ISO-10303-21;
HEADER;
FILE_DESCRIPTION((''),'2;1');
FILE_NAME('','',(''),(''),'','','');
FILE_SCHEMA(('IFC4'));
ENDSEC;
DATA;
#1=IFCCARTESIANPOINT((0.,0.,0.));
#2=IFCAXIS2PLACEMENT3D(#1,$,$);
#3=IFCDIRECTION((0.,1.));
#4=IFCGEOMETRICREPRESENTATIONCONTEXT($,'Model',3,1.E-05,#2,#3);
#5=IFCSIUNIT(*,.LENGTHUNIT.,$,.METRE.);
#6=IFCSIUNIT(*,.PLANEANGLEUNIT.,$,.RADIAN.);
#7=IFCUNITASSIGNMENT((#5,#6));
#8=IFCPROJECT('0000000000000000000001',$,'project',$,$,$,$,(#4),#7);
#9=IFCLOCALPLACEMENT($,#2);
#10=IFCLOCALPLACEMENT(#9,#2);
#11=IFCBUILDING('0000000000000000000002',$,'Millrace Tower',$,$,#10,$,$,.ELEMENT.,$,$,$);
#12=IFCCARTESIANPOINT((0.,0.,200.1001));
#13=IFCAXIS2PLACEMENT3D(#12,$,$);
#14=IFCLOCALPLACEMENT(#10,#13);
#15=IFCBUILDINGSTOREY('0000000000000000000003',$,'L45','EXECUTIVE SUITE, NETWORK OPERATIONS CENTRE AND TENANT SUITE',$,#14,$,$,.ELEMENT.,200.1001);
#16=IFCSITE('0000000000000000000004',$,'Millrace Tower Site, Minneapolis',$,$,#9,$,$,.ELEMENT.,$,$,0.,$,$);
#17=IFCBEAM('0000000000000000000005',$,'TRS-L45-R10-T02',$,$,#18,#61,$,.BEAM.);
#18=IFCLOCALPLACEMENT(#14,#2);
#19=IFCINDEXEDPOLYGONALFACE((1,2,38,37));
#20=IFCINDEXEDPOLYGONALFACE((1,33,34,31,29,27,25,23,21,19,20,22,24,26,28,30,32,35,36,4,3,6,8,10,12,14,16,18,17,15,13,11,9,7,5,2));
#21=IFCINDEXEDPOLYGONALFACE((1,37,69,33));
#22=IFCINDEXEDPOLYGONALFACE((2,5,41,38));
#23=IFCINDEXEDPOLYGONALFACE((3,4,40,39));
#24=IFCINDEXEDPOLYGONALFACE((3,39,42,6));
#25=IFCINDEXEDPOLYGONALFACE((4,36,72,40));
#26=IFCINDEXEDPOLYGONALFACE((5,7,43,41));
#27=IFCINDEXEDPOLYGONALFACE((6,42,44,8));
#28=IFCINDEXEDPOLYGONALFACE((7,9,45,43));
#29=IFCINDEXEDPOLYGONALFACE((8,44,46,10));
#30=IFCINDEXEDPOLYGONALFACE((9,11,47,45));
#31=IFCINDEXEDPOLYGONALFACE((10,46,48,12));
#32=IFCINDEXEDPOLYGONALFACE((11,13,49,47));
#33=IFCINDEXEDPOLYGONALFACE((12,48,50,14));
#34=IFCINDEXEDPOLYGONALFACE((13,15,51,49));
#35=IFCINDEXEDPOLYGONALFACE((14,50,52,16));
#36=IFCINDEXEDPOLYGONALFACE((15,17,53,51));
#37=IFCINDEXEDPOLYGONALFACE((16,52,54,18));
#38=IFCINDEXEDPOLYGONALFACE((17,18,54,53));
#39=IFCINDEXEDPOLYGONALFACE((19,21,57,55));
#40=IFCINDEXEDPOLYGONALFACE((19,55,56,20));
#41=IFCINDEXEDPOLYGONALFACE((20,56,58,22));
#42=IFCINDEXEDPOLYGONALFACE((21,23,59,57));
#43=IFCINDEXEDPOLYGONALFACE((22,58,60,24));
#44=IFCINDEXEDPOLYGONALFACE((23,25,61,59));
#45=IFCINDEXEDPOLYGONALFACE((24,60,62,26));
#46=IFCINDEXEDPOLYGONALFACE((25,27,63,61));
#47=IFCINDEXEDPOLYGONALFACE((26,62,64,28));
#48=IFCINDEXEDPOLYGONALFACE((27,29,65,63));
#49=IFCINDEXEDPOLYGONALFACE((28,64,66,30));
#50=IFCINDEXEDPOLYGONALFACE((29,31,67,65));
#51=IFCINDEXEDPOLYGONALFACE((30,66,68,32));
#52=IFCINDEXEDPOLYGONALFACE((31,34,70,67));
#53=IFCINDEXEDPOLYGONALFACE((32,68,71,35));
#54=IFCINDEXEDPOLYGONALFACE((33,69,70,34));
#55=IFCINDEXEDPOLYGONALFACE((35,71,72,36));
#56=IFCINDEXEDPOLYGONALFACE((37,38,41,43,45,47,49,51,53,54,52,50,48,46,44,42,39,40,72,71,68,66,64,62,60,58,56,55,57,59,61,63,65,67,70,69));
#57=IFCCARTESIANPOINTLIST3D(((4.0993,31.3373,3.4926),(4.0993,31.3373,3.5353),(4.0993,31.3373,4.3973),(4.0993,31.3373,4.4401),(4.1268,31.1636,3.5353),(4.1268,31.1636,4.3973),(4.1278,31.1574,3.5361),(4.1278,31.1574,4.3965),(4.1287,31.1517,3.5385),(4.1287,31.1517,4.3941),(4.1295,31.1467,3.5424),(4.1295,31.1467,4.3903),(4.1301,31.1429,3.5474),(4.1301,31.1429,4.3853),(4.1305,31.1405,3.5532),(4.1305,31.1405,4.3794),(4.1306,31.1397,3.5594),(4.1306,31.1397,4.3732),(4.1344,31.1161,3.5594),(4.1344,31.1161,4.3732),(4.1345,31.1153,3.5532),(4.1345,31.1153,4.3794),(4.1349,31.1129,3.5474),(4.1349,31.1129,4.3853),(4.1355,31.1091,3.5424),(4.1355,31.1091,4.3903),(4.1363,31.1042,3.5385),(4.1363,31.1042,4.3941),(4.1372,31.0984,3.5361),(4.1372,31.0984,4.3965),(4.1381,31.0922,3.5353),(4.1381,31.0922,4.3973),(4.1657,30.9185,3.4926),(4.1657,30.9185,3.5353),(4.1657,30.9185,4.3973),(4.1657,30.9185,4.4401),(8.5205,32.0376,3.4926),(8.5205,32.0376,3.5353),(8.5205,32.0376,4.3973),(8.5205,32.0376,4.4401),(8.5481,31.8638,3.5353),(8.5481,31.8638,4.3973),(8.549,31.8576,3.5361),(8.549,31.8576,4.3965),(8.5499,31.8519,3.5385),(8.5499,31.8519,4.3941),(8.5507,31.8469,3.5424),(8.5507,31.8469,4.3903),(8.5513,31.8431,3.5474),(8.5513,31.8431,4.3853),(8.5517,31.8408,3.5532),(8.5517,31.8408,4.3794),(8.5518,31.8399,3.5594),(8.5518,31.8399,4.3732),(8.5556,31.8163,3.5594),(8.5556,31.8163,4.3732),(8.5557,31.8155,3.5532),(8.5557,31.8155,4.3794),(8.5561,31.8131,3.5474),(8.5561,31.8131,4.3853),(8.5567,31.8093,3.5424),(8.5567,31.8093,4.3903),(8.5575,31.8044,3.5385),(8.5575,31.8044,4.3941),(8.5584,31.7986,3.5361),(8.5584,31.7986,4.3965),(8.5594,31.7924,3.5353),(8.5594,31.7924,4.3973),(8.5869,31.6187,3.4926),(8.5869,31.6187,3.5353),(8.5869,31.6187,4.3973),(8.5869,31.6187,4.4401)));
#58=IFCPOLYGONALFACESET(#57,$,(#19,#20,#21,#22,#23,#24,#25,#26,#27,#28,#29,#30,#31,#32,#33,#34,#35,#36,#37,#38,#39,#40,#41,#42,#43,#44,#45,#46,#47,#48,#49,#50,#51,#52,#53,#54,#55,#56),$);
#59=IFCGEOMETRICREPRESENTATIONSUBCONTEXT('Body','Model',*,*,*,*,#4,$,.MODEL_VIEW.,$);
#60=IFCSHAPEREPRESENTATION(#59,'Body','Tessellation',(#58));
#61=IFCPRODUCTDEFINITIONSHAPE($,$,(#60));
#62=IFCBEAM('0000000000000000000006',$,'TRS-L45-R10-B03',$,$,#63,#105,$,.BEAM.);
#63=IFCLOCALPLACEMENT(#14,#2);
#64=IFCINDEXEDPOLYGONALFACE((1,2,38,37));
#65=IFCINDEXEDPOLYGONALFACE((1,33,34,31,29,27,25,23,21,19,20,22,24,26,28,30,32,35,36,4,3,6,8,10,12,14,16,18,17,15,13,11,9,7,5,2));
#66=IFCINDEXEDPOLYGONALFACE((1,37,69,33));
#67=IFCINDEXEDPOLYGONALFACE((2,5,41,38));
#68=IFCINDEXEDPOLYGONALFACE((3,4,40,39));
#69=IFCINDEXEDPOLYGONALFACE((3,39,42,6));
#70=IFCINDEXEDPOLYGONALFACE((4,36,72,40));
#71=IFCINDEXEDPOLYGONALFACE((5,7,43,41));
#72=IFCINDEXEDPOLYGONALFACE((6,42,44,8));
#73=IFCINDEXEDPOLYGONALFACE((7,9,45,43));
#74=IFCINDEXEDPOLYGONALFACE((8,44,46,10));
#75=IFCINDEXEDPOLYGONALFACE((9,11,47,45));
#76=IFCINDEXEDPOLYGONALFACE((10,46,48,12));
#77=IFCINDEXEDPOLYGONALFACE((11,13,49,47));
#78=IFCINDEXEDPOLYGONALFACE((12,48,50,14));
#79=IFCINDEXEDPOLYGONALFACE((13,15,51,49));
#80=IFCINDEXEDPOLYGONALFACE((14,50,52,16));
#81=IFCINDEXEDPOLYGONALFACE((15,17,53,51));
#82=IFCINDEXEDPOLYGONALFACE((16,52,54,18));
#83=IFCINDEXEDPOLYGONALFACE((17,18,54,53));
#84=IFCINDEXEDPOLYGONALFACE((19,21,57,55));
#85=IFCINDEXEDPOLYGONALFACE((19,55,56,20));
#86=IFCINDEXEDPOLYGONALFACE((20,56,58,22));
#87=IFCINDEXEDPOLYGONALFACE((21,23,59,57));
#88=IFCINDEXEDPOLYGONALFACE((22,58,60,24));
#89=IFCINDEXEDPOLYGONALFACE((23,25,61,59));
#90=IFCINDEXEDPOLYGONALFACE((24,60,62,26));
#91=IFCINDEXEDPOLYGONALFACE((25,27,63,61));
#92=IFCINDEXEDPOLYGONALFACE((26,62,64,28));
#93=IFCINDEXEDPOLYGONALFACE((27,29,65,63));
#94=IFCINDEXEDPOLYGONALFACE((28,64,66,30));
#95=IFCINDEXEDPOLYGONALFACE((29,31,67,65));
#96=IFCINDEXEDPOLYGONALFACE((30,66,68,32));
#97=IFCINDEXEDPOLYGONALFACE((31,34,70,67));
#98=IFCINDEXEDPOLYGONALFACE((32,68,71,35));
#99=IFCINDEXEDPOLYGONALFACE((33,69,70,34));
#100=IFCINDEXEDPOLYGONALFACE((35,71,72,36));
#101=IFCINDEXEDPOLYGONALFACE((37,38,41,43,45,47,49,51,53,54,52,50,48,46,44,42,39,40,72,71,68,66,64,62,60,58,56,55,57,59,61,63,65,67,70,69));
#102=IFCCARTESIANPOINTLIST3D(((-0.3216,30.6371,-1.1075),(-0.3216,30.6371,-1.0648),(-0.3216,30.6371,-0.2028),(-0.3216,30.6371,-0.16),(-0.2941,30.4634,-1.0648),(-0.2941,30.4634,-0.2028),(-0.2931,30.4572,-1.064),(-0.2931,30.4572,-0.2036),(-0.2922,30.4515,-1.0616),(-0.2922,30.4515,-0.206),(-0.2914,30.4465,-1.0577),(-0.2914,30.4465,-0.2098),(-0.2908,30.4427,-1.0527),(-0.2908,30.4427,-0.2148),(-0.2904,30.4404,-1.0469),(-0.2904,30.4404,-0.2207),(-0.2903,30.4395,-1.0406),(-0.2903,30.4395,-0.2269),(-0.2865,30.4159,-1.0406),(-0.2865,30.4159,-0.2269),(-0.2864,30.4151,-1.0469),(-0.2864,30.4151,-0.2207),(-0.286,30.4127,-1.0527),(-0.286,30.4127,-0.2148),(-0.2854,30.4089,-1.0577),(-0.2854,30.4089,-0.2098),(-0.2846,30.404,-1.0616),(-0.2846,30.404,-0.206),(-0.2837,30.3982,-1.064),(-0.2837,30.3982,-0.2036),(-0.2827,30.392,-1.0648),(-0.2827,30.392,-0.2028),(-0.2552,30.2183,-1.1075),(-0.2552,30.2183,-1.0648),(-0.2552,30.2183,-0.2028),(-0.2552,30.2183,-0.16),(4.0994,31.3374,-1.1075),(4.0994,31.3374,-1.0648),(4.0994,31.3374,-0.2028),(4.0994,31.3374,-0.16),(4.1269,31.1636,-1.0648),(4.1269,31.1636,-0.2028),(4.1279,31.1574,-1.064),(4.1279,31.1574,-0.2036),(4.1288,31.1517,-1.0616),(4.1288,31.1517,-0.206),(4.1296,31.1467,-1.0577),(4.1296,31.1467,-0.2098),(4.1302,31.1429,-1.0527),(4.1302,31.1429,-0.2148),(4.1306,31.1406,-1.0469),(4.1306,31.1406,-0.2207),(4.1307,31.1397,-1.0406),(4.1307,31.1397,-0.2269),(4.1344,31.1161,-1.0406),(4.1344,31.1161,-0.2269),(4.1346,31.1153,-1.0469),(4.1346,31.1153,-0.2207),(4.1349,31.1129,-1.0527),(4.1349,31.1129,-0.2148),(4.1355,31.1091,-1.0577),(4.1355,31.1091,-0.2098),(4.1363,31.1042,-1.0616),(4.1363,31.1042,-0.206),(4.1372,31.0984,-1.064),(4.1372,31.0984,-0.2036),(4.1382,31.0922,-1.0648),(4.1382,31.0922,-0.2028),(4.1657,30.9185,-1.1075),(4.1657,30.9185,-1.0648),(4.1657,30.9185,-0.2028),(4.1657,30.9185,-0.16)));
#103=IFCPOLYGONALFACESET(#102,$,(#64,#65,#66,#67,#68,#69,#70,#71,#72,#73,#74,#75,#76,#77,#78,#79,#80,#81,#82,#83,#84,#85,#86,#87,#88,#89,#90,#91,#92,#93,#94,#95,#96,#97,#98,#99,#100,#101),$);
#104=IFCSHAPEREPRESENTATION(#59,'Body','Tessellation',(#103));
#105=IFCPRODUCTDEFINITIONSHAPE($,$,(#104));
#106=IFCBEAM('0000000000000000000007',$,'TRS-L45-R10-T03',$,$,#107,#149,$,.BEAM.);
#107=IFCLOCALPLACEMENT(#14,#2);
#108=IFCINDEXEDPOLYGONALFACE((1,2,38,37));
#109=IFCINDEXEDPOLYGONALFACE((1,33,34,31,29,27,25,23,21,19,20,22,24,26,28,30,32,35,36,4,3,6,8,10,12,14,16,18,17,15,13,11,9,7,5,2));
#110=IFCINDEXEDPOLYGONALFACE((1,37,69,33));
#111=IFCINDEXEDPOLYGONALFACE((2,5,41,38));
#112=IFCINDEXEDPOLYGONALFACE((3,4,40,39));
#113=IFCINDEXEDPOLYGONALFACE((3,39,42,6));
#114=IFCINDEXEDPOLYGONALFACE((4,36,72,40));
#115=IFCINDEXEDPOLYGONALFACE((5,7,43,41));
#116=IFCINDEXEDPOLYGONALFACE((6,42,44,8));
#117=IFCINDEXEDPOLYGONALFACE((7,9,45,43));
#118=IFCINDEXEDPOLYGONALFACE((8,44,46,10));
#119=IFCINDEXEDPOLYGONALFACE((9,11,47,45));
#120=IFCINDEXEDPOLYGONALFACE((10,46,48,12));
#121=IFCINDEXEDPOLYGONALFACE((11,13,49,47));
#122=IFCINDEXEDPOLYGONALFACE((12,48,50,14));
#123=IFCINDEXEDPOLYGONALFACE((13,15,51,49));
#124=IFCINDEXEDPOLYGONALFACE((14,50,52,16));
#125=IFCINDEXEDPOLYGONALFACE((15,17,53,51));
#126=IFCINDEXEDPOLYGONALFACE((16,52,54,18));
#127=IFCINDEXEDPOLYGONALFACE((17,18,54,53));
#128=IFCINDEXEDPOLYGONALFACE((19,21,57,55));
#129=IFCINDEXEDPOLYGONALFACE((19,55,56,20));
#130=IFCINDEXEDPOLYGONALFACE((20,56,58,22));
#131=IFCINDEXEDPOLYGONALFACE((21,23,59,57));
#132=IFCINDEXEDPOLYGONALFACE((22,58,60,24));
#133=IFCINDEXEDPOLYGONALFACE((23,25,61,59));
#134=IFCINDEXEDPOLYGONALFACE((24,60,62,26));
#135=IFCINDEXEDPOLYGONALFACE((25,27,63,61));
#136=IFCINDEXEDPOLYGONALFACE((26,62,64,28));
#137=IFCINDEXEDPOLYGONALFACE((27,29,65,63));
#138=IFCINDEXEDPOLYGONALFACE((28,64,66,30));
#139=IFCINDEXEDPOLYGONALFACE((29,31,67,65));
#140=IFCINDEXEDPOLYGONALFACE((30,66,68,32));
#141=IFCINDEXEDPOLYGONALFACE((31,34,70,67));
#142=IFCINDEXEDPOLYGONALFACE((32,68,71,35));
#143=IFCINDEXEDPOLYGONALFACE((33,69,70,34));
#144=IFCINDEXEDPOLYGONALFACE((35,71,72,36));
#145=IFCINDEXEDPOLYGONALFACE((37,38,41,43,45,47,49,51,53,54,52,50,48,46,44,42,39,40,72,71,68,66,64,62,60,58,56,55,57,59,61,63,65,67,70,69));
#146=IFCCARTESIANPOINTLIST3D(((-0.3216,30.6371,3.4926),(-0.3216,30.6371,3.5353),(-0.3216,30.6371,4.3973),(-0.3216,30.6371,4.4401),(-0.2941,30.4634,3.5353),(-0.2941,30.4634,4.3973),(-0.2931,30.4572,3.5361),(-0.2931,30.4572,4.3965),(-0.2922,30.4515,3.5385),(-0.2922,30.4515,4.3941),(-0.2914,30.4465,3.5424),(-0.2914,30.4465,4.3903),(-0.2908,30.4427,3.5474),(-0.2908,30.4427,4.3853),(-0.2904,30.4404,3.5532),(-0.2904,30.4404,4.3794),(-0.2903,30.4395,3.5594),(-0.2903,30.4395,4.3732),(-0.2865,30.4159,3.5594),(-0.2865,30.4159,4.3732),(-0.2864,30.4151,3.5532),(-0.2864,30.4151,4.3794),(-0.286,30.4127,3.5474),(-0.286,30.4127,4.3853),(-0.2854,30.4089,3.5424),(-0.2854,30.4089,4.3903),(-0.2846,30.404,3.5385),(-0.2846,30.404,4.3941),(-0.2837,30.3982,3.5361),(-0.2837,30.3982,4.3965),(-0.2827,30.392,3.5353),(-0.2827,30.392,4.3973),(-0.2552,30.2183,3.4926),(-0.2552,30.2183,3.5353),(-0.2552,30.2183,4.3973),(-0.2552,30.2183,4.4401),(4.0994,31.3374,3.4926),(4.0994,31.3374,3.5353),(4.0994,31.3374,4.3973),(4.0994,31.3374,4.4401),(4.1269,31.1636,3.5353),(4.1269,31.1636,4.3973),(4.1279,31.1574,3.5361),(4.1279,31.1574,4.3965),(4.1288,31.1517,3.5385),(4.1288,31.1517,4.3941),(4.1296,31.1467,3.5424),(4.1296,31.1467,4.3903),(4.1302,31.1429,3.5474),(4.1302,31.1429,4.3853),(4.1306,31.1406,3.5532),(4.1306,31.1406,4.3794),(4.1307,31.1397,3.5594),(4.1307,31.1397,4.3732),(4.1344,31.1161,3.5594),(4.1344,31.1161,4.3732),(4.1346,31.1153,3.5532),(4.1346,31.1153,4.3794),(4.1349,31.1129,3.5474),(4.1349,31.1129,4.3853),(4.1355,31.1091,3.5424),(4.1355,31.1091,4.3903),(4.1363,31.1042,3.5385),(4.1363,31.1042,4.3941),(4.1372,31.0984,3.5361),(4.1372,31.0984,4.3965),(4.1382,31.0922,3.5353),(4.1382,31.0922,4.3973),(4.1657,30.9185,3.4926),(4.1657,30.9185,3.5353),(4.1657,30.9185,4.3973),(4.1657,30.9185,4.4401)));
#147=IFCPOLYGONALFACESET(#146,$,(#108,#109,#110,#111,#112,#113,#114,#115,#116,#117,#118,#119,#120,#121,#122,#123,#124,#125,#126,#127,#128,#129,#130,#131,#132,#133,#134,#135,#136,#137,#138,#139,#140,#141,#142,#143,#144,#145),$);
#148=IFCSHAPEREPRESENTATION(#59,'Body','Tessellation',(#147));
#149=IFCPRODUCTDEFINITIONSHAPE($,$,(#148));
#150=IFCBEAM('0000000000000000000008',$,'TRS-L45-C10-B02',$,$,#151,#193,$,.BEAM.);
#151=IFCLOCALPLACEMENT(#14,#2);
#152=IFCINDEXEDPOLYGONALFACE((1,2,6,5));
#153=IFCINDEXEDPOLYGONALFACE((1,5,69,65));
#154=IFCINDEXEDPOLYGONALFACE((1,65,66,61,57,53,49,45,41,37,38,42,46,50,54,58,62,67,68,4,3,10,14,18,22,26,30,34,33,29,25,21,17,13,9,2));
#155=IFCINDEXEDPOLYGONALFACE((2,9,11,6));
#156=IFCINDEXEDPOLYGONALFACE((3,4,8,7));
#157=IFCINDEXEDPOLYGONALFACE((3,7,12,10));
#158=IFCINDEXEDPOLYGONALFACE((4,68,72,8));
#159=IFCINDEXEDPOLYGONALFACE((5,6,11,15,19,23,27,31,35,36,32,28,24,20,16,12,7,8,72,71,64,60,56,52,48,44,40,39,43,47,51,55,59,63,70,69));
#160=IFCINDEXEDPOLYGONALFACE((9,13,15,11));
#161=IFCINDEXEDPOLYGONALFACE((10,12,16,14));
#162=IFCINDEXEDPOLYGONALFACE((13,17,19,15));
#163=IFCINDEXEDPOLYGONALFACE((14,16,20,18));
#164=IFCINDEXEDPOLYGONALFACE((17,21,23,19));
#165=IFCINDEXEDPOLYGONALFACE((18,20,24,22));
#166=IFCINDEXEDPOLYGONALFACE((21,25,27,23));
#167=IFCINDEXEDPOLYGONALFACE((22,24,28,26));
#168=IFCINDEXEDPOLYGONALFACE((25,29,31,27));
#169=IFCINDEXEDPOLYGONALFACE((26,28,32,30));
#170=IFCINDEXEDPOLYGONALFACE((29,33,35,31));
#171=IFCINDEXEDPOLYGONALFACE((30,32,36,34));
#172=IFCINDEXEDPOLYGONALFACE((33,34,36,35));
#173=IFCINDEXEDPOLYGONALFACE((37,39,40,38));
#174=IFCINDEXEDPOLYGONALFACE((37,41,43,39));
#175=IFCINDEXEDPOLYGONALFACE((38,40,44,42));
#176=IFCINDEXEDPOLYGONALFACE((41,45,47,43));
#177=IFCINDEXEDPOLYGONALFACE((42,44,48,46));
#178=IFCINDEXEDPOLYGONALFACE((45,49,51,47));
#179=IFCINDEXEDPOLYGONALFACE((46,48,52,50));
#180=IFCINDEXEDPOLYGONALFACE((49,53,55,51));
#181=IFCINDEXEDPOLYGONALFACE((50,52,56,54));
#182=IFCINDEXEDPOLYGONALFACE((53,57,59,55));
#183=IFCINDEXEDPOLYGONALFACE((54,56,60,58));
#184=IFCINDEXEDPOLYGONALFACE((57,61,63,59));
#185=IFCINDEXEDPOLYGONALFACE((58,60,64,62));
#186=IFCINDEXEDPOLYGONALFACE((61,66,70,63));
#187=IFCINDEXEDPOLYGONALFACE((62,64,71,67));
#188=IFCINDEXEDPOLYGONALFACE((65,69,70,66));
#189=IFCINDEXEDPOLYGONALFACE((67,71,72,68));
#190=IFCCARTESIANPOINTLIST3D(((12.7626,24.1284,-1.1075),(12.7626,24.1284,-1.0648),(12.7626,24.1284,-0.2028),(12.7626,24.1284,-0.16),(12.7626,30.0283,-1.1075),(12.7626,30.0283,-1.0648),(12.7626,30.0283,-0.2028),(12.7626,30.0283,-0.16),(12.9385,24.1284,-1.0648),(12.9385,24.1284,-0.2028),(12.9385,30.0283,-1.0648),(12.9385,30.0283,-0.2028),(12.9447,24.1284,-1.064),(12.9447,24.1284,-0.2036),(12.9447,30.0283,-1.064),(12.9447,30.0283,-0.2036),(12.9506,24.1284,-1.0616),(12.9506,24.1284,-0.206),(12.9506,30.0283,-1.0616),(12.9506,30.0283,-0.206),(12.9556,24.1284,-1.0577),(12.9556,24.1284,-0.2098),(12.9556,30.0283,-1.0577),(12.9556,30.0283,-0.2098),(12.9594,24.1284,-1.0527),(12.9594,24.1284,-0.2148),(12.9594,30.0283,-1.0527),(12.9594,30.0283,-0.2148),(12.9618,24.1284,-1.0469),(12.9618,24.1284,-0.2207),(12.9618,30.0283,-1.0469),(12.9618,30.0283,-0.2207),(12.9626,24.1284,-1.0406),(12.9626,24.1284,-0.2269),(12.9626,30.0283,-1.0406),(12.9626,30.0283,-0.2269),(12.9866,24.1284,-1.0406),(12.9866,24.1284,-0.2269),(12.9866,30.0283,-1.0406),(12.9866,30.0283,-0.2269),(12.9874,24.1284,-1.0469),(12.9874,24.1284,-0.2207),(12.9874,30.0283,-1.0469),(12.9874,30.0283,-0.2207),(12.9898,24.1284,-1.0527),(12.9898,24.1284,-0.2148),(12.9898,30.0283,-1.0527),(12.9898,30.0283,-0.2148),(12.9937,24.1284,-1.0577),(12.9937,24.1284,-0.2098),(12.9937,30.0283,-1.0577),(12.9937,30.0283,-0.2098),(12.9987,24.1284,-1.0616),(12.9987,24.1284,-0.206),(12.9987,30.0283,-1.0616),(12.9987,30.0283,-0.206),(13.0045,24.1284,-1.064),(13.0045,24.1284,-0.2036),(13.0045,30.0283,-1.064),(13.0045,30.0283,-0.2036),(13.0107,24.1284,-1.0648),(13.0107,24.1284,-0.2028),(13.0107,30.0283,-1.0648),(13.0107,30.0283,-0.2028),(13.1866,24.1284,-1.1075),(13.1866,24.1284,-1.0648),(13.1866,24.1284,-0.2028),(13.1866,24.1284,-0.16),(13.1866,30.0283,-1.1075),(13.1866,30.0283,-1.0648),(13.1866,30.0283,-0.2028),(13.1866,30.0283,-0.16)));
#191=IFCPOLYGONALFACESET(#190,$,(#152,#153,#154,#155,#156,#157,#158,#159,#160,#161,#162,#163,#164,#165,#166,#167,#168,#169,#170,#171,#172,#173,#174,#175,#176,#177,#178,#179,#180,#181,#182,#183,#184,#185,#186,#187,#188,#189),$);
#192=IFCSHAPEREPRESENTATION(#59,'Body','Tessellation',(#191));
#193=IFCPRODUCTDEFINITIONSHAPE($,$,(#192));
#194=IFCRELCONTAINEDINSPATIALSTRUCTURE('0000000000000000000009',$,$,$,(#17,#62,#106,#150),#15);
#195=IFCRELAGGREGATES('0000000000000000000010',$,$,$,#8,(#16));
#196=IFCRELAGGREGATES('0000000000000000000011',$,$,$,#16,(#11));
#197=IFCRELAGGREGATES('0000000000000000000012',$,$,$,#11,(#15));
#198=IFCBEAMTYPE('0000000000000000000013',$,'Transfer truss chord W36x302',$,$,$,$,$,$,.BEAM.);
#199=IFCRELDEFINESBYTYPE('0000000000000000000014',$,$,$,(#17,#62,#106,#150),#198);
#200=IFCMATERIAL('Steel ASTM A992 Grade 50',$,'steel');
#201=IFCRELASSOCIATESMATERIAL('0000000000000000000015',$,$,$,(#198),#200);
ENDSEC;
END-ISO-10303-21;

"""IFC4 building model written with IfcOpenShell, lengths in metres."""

from ifc_helpers import new_model, si_unit, direction, frame, origin, origin_2d, place, context, subcontext, project, spatial, i_section, extrude, material, material_profile, profile_set, type_object, element, save


model = new_model("IFC4")

# Units and contexts
model_context = context("Model", 3, precision=1e-05, world=origin(), true_north=direction((0.0, 1.0)))
body_context = subcontext(model_context, "Body", "Model", "MODEL_VIEW")
ifc_project = project(units=[si_unit("LENGTHUNIT", "METRE"), si_unit("PLANEANGLEUNIT", "RADIAN")], contexts=[model_context])

# Site, building, storey
site_placement = place(None, origin())
site = spatial("IfcSite", under=ifc_project, at=site_placement, Name="Millrace Tower Site, Minneapolis", CompositionType="ELEMENT", RefElevation=0.0)
building_placement = place(site_placement, origin())
building = spatial("IfcBuilding", under=site, at=building_placement, Name="Millrace Tower", CompositionType="ELEMENT")
storey_placement = place(building_placement, frame((0.0, 0.0, 200.1001)))
storey = spatial("IfcBuildingStorey", under=building, at=storey_placement, Name="L45", Description="EXECUTIVE SUITE, NETWORK OPERATIONS CENTRE AND TENANT SUITE", CompositionType="ELEMENT", Elevation=200.1001)

# Beams
ifc_material_1 = material(Name="Steel ASTM A992 Grade 50", Category="steel")
ifc_material_profile_1 = material_profile(ifc_material_1, i_section(OverallWidth=0.4241, OverallDepth=0.9475, WebThickness=0.0239, FlangeThickness=0.0427, FilletRadius=0.0242, at=origin_2d()))
ifc_profile_set_1 = profile_set([ifc_material_profile_1], Name="Steel ASTM A992 Grade 50")
beam_type_1 = type_object("IfcBeamType", Name="Transfer truss chord W36x302", PredefinedType="BEAM", material=ifc_profile_set_1)
for number, where, z_axis, x_axis, name in (
    (1, (8.5537, 31.8281, 3.9663), (-0.98769, -0.156425, 0.0), (0.156425, -0.98769, 0.0), "TRS-L45-R10-T02"),
):
    element("IfcBeam", number, at=place(storey_placement, frame(where, z_axis=z_axis, x_axis=x_axis)), inside=storey, type_object=beam_type_1, Name=name, PredefinedType="BEAM", context=body_context, shape_type="SweptSolid", body=[
        extrude(i_section(OverallWidth=0.4241, OverallDepth=0.9475, WebThickness=0.0239, FlangeThickness=0.0427, FilletRadius=0.0242, at=origin_2d()), origin(), (0.0, 0.0, 1.0), 4.4763),
    ])
for number, where, z_axis, x_axis, name in (
    (2, (4.1326, 31.1279, -0.6338), (-0.987689, -0.156433, 0.0), (0.156433, -0.987689, 0.0), "TRS-L45-R10-B03"),
    (3, (4.1326, 31.1279, 3.9663), (-0.987689, -0.156433, 0.0), (0.156433, -0.987689, 0.0), "TRS-L45-R10-T03"),
):
    element("IfcBeam", number, at=place(storey_placement, frame(where, z_axis=z_axis, x_axis=x_axis)), inside=storey, type_object=beam_type_1, Name=name, PredefinedType="BEAM", context=body_context, shape_type="SweptSolid", body=[
        extrude(i_section(OverallWidth=0.4241, OverallDepth=0.9475, WebThickness=0.0239, FlangeThickness=0.0427, FilletRadius=0.0242, at=origin_2d()), origin(), (0.0, 0.0, 1.0), 4.4761),
    ])
for number, where, z_axis, x_axis, name in (
    (4, (12.9746, 30.0283, -0.6338), (0.0, -1.0, 0.0), (1.0, 0.0, 0.0), "TRS-L45-C10-B02"),
):
    element("IfcBeam", number, at=place(storey_placement, frame(where, z_axis=z_axis, x_axis=x_axis)), inside=storey, type_object=beam_type_1, Name=name, PredefinedType="BEAM", context=body_context, shape_type="SweptSolid", body=[
        extrude(i_section(OverallWidth=0.4241, OverallDepth=0.9475, WebThickness=0.0239, FlangeThickness=0.0427, FilletRadius=0.0242, at=origin_2d()), origin(), (0.0, 0.0, 1.0), 5.8999),
    ])

save(model, "model.ifc")
